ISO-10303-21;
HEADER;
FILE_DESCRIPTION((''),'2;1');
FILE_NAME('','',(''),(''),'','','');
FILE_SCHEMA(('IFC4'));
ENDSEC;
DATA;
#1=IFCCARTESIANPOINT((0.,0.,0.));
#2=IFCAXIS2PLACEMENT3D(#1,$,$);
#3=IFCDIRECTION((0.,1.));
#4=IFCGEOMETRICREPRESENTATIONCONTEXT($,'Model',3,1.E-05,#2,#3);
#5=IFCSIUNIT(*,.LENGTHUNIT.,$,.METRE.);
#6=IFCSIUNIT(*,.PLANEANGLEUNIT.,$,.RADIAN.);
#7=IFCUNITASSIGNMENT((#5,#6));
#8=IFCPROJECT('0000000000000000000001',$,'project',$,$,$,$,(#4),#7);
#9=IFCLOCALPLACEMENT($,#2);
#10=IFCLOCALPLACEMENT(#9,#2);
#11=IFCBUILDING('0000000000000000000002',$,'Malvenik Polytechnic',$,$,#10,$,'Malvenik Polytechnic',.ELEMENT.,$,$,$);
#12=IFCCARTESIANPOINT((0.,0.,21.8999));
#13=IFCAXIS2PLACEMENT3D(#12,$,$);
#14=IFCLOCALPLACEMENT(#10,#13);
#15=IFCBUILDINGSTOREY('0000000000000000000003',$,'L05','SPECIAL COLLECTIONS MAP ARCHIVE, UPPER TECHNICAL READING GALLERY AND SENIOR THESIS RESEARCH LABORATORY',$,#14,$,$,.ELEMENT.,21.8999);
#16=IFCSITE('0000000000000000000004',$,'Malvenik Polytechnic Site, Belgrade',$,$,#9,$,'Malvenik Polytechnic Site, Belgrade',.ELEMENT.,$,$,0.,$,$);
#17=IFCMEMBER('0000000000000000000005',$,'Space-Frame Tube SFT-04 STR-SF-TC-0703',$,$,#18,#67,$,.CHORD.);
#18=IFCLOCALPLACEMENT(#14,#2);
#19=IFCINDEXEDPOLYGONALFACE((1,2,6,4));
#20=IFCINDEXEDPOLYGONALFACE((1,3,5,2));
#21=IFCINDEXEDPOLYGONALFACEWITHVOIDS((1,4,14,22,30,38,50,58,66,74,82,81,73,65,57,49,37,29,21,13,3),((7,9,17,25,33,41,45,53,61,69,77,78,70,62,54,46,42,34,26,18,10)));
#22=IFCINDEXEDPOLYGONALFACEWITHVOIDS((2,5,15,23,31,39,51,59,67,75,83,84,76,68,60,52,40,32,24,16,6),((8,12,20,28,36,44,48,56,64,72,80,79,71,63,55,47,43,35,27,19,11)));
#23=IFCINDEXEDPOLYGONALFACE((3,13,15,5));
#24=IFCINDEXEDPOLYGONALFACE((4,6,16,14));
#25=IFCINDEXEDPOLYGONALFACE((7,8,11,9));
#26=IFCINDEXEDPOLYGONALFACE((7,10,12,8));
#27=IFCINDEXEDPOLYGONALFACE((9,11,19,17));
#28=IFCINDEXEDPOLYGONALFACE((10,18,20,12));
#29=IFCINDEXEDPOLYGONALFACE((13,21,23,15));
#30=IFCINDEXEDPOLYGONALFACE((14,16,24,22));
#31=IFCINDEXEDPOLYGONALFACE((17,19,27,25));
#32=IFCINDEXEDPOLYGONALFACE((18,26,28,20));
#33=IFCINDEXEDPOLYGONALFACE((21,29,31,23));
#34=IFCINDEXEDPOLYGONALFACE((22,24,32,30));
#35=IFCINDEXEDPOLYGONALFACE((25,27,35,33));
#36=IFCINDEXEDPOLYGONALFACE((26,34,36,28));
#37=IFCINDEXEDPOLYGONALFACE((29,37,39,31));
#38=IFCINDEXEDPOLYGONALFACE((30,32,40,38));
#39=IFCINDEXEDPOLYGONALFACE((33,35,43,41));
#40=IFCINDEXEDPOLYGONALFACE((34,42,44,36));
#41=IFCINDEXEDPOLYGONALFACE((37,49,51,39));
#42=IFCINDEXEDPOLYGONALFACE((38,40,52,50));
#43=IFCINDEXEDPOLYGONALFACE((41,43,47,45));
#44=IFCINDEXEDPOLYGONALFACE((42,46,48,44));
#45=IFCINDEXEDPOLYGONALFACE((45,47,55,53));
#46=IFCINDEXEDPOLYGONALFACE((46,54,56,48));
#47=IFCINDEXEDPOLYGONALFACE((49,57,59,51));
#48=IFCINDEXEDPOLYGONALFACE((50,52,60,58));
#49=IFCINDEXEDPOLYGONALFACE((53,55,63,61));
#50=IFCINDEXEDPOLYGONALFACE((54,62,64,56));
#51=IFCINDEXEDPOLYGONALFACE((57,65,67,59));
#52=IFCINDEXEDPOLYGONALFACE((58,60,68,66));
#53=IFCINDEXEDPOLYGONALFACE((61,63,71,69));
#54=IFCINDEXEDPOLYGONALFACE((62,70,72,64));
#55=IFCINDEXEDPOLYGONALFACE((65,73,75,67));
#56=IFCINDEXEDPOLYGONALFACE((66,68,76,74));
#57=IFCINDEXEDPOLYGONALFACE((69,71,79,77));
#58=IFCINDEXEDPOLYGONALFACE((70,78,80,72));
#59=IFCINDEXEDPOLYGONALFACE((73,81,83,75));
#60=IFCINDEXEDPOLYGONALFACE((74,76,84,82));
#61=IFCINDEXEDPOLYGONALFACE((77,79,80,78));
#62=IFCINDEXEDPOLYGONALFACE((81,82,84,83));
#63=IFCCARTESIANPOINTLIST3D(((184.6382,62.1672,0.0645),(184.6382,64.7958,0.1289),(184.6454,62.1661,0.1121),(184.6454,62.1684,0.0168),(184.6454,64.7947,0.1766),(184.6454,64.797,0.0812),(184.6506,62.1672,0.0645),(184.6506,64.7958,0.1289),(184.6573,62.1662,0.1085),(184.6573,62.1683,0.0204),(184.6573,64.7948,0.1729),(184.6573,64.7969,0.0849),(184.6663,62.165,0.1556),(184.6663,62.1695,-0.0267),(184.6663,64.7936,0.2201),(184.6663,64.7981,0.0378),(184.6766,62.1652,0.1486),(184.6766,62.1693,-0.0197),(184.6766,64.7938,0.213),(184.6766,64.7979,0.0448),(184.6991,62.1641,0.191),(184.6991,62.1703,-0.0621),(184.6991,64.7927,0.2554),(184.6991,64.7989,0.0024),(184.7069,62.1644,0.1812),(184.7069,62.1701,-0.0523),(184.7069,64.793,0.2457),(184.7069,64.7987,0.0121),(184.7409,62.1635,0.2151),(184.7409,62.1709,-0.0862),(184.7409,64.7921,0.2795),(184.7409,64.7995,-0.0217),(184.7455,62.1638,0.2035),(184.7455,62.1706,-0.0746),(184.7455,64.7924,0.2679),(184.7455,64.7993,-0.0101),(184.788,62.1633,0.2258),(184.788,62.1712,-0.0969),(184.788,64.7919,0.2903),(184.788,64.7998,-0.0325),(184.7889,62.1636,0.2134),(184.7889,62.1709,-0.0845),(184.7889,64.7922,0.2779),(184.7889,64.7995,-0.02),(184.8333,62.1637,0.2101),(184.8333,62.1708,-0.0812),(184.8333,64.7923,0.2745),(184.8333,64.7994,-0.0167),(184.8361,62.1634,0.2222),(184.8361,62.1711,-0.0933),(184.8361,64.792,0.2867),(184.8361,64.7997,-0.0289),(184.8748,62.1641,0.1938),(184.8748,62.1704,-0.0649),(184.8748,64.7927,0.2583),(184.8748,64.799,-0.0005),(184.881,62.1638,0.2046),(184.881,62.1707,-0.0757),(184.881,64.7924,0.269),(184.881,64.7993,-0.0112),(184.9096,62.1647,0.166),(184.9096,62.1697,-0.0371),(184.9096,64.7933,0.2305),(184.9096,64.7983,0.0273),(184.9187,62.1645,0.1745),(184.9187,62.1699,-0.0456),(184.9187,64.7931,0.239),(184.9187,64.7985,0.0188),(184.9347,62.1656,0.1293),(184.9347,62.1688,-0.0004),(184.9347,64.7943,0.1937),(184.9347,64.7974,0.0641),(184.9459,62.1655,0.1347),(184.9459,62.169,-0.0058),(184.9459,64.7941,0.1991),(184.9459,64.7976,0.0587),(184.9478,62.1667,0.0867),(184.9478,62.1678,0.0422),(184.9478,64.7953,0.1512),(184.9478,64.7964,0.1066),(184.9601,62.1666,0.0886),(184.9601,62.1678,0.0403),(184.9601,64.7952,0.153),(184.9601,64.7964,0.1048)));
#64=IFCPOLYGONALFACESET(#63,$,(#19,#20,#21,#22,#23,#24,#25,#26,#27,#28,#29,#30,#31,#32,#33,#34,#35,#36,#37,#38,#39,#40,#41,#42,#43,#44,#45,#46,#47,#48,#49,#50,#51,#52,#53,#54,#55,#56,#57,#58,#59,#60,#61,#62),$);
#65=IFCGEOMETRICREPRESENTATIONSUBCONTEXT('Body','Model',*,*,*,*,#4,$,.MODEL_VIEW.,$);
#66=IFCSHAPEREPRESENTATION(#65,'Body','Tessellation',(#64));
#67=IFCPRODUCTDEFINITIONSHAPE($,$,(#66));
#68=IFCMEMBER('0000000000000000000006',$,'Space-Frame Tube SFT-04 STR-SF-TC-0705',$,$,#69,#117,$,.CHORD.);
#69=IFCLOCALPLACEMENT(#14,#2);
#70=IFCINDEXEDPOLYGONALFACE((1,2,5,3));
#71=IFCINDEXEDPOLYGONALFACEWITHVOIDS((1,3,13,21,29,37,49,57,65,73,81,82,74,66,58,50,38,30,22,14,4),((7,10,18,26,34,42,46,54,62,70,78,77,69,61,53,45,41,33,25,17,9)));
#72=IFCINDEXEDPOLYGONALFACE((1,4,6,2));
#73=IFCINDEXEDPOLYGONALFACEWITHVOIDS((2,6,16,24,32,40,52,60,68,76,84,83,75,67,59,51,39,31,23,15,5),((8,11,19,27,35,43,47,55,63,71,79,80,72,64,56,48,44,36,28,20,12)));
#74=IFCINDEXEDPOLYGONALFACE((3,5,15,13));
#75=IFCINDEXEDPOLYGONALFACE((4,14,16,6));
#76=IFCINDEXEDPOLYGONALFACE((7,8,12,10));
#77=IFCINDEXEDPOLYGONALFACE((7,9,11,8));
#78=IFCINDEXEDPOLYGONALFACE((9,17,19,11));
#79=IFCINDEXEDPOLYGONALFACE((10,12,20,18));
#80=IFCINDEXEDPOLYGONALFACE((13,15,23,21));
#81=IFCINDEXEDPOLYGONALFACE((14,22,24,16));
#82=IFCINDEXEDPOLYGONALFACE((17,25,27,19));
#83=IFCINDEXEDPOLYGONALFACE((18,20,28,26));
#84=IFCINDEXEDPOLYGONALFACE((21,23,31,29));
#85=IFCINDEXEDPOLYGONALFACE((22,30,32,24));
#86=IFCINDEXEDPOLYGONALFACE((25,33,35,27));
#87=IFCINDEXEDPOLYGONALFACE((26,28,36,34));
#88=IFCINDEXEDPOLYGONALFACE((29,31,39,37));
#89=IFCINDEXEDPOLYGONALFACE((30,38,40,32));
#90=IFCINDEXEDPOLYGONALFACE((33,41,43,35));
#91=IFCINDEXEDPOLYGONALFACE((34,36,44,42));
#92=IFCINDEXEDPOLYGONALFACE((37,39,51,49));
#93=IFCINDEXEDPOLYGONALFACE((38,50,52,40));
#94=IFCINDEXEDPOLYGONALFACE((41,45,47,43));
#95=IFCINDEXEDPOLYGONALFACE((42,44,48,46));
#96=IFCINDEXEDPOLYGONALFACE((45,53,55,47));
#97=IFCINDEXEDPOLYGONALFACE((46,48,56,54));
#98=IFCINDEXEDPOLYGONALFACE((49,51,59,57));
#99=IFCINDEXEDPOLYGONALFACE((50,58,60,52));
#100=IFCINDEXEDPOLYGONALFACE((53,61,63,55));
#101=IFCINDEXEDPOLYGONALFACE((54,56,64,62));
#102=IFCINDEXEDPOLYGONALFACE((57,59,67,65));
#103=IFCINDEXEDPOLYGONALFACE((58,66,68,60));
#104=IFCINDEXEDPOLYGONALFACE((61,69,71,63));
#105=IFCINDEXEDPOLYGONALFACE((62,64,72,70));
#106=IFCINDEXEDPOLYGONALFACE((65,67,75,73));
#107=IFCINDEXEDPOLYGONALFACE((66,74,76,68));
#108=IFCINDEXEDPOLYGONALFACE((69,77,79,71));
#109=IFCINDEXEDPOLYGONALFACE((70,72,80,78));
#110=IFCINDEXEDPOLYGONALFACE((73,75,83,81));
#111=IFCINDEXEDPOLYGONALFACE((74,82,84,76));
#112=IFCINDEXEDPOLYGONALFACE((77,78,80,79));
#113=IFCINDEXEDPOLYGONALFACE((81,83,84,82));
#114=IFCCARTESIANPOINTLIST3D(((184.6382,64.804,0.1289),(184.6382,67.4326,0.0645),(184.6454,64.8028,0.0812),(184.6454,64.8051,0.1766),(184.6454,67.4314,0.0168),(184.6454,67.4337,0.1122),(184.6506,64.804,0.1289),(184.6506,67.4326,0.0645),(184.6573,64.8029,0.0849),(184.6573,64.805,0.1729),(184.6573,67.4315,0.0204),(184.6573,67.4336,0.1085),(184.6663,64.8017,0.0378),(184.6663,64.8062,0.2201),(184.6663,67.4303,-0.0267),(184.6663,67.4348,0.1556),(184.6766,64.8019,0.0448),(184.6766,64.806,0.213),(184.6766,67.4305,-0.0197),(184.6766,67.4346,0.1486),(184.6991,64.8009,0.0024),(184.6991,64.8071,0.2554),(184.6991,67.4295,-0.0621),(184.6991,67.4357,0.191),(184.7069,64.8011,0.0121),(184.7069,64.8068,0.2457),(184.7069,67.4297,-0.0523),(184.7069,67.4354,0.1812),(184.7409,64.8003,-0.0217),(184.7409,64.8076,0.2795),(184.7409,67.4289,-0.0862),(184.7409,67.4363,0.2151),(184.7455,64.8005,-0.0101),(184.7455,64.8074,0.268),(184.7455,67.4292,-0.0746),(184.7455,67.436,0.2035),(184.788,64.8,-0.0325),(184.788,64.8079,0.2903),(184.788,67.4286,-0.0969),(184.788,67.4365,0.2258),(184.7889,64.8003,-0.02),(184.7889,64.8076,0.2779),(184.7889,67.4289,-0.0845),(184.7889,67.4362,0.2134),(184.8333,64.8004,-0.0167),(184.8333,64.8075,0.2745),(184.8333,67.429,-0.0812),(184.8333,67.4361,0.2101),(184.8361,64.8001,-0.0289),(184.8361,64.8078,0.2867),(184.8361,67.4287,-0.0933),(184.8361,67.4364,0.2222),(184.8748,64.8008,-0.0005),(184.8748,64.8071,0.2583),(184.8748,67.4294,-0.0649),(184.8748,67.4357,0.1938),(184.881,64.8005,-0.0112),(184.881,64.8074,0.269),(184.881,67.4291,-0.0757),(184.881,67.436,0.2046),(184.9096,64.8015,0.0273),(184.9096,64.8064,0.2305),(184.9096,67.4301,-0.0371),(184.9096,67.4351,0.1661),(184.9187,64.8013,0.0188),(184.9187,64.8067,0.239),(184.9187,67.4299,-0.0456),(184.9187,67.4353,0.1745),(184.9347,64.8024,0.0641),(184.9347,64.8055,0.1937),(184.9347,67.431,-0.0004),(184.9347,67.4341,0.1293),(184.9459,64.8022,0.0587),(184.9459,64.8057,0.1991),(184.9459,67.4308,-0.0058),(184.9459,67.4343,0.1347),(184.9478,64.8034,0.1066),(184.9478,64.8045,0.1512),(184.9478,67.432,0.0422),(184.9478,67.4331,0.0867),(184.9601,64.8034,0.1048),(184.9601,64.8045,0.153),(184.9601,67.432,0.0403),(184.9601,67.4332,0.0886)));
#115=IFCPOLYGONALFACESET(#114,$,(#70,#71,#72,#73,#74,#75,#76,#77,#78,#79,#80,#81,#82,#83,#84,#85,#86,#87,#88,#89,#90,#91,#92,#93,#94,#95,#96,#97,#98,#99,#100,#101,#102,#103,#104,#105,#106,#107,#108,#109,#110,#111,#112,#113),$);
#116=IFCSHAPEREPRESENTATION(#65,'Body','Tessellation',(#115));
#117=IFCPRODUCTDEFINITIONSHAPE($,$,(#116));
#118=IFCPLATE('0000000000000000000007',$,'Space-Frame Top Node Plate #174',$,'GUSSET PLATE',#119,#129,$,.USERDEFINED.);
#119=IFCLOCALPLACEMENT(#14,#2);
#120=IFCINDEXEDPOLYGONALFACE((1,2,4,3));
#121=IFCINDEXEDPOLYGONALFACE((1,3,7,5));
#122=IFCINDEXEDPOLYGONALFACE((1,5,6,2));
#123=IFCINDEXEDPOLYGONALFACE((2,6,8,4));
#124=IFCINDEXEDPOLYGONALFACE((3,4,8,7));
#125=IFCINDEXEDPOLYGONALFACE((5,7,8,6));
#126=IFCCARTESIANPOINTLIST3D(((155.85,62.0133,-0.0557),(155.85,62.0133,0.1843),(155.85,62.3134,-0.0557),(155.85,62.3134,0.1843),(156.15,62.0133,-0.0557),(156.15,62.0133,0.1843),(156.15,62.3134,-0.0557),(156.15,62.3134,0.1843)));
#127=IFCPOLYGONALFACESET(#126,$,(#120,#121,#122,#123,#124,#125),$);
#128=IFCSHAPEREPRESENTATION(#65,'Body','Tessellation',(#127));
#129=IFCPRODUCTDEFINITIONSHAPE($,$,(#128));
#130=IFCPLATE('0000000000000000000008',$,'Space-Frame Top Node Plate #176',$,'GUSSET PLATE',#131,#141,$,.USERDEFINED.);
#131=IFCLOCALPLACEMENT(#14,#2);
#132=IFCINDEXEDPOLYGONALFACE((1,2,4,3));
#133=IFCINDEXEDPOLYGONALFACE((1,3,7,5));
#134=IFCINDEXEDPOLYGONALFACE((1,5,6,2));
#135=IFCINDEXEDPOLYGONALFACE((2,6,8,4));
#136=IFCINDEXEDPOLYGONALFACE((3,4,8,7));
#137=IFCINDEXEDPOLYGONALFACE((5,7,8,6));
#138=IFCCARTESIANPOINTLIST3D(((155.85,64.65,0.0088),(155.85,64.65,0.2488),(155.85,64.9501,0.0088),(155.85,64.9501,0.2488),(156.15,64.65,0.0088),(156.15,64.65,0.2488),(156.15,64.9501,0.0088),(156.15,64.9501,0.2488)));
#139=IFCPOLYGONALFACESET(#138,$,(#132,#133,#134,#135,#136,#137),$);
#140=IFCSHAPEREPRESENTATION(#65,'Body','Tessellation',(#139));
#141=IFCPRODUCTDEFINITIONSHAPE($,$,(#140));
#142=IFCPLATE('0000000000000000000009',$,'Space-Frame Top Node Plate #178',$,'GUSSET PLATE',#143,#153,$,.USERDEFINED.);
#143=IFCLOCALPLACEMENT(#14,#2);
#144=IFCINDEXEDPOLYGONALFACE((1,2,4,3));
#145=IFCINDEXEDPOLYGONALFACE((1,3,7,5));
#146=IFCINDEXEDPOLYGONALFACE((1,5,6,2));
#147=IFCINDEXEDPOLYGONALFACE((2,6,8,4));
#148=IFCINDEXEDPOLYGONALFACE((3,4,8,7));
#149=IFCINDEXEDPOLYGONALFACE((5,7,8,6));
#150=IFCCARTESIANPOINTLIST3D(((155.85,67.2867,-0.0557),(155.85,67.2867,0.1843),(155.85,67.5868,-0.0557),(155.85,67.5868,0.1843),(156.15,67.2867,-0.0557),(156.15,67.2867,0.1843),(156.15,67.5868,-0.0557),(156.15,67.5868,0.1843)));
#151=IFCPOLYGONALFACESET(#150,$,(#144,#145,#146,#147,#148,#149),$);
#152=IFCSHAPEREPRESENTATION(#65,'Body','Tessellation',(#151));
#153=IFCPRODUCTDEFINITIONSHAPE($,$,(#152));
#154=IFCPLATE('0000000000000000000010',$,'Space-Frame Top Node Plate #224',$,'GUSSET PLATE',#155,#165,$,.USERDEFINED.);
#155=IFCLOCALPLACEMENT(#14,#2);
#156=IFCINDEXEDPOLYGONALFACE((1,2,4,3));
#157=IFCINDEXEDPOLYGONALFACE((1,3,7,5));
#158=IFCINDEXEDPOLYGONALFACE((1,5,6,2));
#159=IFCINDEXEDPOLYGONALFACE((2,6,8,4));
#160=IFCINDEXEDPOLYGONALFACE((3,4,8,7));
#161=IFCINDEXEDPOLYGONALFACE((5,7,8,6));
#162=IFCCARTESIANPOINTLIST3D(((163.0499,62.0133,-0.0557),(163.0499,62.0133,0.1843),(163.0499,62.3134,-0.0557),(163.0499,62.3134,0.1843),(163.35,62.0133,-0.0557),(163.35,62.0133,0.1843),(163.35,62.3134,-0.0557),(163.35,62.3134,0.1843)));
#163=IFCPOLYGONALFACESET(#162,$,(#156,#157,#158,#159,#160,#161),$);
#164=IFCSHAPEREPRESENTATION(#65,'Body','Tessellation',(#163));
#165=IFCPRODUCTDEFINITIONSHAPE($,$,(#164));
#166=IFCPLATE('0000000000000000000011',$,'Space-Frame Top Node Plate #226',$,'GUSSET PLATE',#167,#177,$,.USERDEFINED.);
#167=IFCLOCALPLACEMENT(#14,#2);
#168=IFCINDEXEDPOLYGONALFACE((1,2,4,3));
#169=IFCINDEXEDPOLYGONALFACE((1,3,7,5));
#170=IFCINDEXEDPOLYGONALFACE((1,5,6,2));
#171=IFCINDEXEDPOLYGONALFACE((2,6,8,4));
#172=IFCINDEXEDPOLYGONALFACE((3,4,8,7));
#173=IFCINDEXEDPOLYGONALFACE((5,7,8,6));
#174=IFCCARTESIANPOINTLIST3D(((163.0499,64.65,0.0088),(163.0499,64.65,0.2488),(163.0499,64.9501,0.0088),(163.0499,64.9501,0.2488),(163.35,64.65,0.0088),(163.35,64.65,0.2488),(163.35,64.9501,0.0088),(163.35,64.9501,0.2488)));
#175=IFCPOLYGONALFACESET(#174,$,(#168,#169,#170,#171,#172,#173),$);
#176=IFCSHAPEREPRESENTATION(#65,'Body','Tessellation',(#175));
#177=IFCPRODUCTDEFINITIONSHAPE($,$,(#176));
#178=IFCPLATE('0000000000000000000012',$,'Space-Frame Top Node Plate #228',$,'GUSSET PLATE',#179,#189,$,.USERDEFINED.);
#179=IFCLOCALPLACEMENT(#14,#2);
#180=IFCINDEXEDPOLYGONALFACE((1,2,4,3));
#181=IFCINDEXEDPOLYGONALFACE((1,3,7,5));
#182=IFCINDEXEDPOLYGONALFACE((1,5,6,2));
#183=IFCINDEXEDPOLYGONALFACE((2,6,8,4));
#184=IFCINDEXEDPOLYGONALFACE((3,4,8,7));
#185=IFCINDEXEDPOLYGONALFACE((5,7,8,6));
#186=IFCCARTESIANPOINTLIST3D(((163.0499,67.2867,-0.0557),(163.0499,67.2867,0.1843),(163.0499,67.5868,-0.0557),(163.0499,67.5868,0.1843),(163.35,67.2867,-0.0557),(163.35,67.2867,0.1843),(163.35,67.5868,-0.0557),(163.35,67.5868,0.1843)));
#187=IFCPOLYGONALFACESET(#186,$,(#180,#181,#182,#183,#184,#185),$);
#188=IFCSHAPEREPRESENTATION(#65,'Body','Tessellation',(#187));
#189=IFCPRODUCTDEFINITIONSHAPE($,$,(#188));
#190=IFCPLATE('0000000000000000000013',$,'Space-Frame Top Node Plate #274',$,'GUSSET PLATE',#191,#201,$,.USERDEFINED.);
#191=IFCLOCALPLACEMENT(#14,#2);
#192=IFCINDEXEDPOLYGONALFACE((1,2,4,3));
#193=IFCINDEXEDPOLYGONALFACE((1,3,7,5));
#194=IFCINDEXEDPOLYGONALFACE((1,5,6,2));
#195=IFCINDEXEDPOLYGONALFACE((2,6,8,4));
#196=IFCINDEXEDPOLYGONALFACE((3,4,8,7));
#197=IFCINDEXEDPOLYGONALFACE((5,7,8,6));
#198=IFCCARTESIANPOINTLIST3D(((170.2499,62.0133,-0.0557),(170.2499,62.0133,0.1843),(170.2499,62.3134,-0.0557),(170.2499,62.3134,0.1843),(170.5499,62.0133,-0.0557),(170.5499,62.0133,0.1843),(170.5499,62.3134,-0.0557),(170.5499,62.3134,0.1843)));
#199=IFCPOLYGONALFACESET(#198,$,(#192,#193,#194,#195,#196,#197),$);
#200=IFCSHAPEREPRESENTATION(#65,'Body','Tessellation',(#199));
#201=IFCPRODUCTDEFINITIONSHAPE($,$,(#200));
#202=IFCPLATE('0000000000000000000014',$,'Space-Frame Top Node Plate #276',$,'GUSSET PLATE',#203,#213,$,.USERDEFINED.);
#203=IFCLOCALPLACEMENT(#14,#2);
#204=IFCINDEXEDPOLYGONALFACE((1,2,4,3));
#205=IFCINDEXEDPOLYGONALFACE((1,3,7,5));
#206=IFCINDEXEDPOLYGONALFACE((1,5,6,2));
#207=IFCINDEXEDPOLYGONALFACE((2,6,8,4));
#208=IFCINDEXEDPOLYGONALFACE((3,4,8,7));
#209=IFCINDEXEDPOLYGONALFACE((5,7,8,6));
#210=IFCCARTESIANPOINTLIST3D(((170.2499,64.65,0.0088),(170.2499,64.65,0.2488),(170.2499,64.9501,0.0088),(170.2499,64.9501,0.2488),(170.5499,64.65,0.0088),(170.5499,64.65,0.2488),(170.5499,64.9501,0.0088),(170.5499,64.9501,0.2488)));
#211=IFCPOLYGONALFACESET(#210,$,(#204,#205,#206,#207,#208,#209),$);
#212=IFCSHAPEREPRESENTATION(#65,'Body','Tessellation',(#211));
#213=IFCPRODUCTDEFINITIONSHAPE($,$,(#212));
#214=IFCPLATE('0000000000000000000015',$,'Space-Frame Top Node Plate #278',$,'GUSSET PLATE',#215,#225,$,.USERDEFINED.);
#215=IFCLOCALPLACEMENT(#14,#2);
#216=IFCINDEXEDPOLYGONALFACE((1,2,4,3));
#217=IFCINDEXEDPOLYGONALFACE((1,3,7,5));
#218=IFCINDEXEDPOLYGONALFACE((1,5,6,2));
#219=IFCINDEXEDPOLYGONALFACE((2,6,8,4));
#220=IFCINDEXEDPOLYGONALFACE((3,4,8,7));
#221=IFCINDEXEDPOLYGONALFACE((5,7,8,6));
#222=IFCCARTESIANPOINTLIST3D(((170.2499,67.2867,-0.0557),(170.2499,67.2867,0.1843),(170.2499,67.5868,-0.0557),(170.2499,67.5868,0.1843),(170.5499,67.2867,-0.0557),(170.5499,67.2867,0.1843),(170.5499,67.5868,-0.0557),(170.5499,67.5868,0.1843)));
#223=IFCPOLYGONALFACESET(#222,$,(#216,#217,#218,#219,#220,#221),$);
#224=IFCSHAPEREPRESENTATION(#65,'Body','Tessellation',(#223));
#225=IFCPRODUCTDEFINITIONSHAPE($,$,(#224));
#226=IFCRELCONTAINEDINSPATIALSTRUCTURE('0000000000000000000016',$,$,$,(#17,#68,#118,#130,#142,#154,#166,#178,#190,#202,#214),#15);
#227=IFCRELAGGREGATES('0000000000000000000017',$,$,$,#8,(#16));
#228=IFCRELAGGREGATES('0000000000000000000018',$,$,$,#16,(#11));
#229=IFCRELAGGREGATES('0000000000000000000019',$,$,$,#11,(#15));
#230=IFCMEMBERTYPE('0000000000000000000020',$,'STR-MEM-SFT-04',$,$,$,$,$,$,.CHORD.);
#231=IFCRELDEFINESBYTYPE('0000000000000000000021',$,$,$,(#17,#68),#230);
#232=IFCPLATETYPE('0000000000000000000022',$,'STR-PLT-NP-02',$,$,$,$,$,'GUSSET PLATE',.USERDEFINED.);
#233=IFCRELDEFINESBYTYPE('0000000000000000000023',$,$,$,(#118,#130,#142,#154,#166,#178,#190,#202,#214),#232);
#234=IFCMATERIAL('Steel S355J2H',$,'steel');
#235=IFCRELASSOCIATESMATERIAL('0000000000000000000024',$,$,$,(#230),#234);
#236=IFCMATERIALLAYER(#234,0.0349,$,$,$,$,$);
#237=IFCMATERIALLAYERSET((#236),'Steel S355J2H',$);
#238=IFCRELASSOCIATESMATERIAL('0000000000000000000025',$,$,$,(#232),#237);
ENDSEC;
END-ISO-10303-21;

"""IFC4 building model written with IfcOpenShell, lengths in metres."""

from ifc_helpers import new_model, si_unit, direction, frame, origin, origin_2d, place, context, subcontext, project, spatial, rectangle, hollow_circle, extrude, material, layer, layer_set, material_profile, profile_set, type_object, element, save


model = new_model("IFC4")

# Units and contexts
model_context = context("Model", 3, precision=1e-05, world=origin(), true_north=direction((0.0, 1.0)))
body_context = subcontext(model_context, "Body", "Model", "MODEL_VIEW")
ifc_project = project(units=[si_unit("LENGTHUNIT", "METRE"), si_unit("PLANEANGLEUNIT", "RADIAN")], contexts=[model_context])

# Site, building, storey
site_placement = place(None, origin())
site = spatial("IfcSite", under=ifc_project, at=site_placement, Name="Malvenik Polytechnic Site, Belgrade", LongName="Malvenik Polytechnic Site, Belgrade", CompositionType="ELEMENT", RefElevation=0.0)
building_placement = place(site_placement, origin())
building = spatial("IfcBuilding", under=site, at=building_placement, Name="Malvenik Polytechnic", LongName="Malvenik Polytechnic", CompositionType="ELEMENT")
storey_placement = place(building_placement, frame((0.0, 0.0, 21.8999)))
storey = spatial("IfcBuildingStorey", under=building, at=storey_placement, Name="L05", Description="SPECIAL COLLECTIONS MAP ARCHIVE, UPPER TECHNICAL READING GALLERY AND SENIOR THESIS RESEARCH LABORATORY", CompositionType="ELEMENT", Elevation=21.8999)

# Members
ifc_material = material(Name="Steel S355J2H", Category="steel")
ifc_material_profile_1 = material_profile(ifc_material, hollow_circle(Radius=0.1619, WallThickness=0.0125, at=origin_2d()), Name="CHS 323.9x12.5")
ifc_profile_set_1 = profile_set([ifc_material_profile_1], Name="Steel S355J2H")
member_type_1 = type_object("IfcMemberType", Name="STR-MEM-SFT-04", PredefinedType="CHORD", material=ifc_profile_set_1)
for number, where, z_axis, x_axis, name in (
    (1, (184.8, 62.1672, 0.0645), (0.0, 0.9997, 0.024512), (-1.0, 0.0, 0.0), "Space-Frame Tube SFT-04 STR-SF-TC-0703"),
    (2, (184.8, 64.804, 0.1289), (0.0, 0.9997, -0.024512), (-1.0, 0.0, 0.0), "Space-Frame Tube SFT-04 STR-SF-TC-0705"),
):
    element("IfcMember", number, at=place(storey_placement, frame(where, z_axis=z_axis, x_axis=x_axis)), inside=storey, type_object=member_type_1, Name=name, PredefinedType="CHORD", context=body_context, shape_type="SweptSolid", body=[
        extrude(hollow_circle(Radius=0.1619, WallThickness=0.0125, at=origin_2d()), origin(), (0.0, 0.0, 1.0), 2.6294),
    ])

# Plates
ifc_layer = layer(ifc_material, 0.0349)
ifc_layer_set = layer_set([ifc_layer], Name="Steel S355J2H")
plate_type = type_object("IfcPlateType", Name="STR-PLT-NP-02", ElementType="GUSSET PLATE", PredefinedType="USERDEFINED", material=ifc_layer_set)
for number, where, z_axis, x_axis, name in (
    (3, (156.0, 62.1633, -0.0557), (0.0, 0.0, 1.0), (1.0, 0.0, 0.0), "Space-Frame Top Node Plate #174"),
    (4, (156.0, 64.8, 0.0088), (0.0, 0.0, 1.0), (1.0, 0.0, 0.0), "Space-Frame Top Node Plate #176"),
    (5, (156.0, 67.4368, -0.0557), (0.0, 0.0, 1.0), (1.0, 0.0, 0.0), "Space-Frame Top Node Plate #178"),
    (6, (163.2, 62.1633, -0.0557), (0.0, 0.0, 1.0), (1.0, 0.0, 0.0), "Space-Frame Top Node Plate #224"),
    (7, (163.2, 64.8, 0.0088), (0.0, 0.0, 1.0), (1.0, 0.0, 0.0), "Space-Frame Top Node Plate #226"),
    (8, (163.2, 67.4368, -0.0557), (0.0, 0.0, 1.0), (1.0, 0.0, 0.0), "Space-Frame Top Node Plate #228"),
    (9, (170.3999, 62.1633, -0.0557), (0.0, 0.0, 1.0), (1.0, 0.0, 0.0), "Space-Frame Top Node Plate #274"),
    (10, (170.3999, 64.8, 0.0088), (0.0, 0.0, 1.0), (1.0, 0.0, 0.0), "Space-Frame Top Node Plate #276"),
    (11, (170.3999, 67.4368, -0.0557), (0.0, 0.0, 1.0), (1.0, 0.0, 0.0), "Space-Frame Top Node Plate #278"),
):
    element("IfcPlate", number, at=place(storey_placement, frame(where, z_axis=z_axis, x_axis=x_axis)), inside=storey, type_object=plate_type, Name=name, ObjectType="GUSSET PLATE", PredefinedType="USERDEFINED", context=body_context, shape_type="SweptSolid", body=[
        extrude(rectangle(XDim=0.3, YDim=0.3, at=origin_2d()), origin(), (0.0, 0.0, 1.0), 0.24),
    ])

save(model, "model.ifc")
